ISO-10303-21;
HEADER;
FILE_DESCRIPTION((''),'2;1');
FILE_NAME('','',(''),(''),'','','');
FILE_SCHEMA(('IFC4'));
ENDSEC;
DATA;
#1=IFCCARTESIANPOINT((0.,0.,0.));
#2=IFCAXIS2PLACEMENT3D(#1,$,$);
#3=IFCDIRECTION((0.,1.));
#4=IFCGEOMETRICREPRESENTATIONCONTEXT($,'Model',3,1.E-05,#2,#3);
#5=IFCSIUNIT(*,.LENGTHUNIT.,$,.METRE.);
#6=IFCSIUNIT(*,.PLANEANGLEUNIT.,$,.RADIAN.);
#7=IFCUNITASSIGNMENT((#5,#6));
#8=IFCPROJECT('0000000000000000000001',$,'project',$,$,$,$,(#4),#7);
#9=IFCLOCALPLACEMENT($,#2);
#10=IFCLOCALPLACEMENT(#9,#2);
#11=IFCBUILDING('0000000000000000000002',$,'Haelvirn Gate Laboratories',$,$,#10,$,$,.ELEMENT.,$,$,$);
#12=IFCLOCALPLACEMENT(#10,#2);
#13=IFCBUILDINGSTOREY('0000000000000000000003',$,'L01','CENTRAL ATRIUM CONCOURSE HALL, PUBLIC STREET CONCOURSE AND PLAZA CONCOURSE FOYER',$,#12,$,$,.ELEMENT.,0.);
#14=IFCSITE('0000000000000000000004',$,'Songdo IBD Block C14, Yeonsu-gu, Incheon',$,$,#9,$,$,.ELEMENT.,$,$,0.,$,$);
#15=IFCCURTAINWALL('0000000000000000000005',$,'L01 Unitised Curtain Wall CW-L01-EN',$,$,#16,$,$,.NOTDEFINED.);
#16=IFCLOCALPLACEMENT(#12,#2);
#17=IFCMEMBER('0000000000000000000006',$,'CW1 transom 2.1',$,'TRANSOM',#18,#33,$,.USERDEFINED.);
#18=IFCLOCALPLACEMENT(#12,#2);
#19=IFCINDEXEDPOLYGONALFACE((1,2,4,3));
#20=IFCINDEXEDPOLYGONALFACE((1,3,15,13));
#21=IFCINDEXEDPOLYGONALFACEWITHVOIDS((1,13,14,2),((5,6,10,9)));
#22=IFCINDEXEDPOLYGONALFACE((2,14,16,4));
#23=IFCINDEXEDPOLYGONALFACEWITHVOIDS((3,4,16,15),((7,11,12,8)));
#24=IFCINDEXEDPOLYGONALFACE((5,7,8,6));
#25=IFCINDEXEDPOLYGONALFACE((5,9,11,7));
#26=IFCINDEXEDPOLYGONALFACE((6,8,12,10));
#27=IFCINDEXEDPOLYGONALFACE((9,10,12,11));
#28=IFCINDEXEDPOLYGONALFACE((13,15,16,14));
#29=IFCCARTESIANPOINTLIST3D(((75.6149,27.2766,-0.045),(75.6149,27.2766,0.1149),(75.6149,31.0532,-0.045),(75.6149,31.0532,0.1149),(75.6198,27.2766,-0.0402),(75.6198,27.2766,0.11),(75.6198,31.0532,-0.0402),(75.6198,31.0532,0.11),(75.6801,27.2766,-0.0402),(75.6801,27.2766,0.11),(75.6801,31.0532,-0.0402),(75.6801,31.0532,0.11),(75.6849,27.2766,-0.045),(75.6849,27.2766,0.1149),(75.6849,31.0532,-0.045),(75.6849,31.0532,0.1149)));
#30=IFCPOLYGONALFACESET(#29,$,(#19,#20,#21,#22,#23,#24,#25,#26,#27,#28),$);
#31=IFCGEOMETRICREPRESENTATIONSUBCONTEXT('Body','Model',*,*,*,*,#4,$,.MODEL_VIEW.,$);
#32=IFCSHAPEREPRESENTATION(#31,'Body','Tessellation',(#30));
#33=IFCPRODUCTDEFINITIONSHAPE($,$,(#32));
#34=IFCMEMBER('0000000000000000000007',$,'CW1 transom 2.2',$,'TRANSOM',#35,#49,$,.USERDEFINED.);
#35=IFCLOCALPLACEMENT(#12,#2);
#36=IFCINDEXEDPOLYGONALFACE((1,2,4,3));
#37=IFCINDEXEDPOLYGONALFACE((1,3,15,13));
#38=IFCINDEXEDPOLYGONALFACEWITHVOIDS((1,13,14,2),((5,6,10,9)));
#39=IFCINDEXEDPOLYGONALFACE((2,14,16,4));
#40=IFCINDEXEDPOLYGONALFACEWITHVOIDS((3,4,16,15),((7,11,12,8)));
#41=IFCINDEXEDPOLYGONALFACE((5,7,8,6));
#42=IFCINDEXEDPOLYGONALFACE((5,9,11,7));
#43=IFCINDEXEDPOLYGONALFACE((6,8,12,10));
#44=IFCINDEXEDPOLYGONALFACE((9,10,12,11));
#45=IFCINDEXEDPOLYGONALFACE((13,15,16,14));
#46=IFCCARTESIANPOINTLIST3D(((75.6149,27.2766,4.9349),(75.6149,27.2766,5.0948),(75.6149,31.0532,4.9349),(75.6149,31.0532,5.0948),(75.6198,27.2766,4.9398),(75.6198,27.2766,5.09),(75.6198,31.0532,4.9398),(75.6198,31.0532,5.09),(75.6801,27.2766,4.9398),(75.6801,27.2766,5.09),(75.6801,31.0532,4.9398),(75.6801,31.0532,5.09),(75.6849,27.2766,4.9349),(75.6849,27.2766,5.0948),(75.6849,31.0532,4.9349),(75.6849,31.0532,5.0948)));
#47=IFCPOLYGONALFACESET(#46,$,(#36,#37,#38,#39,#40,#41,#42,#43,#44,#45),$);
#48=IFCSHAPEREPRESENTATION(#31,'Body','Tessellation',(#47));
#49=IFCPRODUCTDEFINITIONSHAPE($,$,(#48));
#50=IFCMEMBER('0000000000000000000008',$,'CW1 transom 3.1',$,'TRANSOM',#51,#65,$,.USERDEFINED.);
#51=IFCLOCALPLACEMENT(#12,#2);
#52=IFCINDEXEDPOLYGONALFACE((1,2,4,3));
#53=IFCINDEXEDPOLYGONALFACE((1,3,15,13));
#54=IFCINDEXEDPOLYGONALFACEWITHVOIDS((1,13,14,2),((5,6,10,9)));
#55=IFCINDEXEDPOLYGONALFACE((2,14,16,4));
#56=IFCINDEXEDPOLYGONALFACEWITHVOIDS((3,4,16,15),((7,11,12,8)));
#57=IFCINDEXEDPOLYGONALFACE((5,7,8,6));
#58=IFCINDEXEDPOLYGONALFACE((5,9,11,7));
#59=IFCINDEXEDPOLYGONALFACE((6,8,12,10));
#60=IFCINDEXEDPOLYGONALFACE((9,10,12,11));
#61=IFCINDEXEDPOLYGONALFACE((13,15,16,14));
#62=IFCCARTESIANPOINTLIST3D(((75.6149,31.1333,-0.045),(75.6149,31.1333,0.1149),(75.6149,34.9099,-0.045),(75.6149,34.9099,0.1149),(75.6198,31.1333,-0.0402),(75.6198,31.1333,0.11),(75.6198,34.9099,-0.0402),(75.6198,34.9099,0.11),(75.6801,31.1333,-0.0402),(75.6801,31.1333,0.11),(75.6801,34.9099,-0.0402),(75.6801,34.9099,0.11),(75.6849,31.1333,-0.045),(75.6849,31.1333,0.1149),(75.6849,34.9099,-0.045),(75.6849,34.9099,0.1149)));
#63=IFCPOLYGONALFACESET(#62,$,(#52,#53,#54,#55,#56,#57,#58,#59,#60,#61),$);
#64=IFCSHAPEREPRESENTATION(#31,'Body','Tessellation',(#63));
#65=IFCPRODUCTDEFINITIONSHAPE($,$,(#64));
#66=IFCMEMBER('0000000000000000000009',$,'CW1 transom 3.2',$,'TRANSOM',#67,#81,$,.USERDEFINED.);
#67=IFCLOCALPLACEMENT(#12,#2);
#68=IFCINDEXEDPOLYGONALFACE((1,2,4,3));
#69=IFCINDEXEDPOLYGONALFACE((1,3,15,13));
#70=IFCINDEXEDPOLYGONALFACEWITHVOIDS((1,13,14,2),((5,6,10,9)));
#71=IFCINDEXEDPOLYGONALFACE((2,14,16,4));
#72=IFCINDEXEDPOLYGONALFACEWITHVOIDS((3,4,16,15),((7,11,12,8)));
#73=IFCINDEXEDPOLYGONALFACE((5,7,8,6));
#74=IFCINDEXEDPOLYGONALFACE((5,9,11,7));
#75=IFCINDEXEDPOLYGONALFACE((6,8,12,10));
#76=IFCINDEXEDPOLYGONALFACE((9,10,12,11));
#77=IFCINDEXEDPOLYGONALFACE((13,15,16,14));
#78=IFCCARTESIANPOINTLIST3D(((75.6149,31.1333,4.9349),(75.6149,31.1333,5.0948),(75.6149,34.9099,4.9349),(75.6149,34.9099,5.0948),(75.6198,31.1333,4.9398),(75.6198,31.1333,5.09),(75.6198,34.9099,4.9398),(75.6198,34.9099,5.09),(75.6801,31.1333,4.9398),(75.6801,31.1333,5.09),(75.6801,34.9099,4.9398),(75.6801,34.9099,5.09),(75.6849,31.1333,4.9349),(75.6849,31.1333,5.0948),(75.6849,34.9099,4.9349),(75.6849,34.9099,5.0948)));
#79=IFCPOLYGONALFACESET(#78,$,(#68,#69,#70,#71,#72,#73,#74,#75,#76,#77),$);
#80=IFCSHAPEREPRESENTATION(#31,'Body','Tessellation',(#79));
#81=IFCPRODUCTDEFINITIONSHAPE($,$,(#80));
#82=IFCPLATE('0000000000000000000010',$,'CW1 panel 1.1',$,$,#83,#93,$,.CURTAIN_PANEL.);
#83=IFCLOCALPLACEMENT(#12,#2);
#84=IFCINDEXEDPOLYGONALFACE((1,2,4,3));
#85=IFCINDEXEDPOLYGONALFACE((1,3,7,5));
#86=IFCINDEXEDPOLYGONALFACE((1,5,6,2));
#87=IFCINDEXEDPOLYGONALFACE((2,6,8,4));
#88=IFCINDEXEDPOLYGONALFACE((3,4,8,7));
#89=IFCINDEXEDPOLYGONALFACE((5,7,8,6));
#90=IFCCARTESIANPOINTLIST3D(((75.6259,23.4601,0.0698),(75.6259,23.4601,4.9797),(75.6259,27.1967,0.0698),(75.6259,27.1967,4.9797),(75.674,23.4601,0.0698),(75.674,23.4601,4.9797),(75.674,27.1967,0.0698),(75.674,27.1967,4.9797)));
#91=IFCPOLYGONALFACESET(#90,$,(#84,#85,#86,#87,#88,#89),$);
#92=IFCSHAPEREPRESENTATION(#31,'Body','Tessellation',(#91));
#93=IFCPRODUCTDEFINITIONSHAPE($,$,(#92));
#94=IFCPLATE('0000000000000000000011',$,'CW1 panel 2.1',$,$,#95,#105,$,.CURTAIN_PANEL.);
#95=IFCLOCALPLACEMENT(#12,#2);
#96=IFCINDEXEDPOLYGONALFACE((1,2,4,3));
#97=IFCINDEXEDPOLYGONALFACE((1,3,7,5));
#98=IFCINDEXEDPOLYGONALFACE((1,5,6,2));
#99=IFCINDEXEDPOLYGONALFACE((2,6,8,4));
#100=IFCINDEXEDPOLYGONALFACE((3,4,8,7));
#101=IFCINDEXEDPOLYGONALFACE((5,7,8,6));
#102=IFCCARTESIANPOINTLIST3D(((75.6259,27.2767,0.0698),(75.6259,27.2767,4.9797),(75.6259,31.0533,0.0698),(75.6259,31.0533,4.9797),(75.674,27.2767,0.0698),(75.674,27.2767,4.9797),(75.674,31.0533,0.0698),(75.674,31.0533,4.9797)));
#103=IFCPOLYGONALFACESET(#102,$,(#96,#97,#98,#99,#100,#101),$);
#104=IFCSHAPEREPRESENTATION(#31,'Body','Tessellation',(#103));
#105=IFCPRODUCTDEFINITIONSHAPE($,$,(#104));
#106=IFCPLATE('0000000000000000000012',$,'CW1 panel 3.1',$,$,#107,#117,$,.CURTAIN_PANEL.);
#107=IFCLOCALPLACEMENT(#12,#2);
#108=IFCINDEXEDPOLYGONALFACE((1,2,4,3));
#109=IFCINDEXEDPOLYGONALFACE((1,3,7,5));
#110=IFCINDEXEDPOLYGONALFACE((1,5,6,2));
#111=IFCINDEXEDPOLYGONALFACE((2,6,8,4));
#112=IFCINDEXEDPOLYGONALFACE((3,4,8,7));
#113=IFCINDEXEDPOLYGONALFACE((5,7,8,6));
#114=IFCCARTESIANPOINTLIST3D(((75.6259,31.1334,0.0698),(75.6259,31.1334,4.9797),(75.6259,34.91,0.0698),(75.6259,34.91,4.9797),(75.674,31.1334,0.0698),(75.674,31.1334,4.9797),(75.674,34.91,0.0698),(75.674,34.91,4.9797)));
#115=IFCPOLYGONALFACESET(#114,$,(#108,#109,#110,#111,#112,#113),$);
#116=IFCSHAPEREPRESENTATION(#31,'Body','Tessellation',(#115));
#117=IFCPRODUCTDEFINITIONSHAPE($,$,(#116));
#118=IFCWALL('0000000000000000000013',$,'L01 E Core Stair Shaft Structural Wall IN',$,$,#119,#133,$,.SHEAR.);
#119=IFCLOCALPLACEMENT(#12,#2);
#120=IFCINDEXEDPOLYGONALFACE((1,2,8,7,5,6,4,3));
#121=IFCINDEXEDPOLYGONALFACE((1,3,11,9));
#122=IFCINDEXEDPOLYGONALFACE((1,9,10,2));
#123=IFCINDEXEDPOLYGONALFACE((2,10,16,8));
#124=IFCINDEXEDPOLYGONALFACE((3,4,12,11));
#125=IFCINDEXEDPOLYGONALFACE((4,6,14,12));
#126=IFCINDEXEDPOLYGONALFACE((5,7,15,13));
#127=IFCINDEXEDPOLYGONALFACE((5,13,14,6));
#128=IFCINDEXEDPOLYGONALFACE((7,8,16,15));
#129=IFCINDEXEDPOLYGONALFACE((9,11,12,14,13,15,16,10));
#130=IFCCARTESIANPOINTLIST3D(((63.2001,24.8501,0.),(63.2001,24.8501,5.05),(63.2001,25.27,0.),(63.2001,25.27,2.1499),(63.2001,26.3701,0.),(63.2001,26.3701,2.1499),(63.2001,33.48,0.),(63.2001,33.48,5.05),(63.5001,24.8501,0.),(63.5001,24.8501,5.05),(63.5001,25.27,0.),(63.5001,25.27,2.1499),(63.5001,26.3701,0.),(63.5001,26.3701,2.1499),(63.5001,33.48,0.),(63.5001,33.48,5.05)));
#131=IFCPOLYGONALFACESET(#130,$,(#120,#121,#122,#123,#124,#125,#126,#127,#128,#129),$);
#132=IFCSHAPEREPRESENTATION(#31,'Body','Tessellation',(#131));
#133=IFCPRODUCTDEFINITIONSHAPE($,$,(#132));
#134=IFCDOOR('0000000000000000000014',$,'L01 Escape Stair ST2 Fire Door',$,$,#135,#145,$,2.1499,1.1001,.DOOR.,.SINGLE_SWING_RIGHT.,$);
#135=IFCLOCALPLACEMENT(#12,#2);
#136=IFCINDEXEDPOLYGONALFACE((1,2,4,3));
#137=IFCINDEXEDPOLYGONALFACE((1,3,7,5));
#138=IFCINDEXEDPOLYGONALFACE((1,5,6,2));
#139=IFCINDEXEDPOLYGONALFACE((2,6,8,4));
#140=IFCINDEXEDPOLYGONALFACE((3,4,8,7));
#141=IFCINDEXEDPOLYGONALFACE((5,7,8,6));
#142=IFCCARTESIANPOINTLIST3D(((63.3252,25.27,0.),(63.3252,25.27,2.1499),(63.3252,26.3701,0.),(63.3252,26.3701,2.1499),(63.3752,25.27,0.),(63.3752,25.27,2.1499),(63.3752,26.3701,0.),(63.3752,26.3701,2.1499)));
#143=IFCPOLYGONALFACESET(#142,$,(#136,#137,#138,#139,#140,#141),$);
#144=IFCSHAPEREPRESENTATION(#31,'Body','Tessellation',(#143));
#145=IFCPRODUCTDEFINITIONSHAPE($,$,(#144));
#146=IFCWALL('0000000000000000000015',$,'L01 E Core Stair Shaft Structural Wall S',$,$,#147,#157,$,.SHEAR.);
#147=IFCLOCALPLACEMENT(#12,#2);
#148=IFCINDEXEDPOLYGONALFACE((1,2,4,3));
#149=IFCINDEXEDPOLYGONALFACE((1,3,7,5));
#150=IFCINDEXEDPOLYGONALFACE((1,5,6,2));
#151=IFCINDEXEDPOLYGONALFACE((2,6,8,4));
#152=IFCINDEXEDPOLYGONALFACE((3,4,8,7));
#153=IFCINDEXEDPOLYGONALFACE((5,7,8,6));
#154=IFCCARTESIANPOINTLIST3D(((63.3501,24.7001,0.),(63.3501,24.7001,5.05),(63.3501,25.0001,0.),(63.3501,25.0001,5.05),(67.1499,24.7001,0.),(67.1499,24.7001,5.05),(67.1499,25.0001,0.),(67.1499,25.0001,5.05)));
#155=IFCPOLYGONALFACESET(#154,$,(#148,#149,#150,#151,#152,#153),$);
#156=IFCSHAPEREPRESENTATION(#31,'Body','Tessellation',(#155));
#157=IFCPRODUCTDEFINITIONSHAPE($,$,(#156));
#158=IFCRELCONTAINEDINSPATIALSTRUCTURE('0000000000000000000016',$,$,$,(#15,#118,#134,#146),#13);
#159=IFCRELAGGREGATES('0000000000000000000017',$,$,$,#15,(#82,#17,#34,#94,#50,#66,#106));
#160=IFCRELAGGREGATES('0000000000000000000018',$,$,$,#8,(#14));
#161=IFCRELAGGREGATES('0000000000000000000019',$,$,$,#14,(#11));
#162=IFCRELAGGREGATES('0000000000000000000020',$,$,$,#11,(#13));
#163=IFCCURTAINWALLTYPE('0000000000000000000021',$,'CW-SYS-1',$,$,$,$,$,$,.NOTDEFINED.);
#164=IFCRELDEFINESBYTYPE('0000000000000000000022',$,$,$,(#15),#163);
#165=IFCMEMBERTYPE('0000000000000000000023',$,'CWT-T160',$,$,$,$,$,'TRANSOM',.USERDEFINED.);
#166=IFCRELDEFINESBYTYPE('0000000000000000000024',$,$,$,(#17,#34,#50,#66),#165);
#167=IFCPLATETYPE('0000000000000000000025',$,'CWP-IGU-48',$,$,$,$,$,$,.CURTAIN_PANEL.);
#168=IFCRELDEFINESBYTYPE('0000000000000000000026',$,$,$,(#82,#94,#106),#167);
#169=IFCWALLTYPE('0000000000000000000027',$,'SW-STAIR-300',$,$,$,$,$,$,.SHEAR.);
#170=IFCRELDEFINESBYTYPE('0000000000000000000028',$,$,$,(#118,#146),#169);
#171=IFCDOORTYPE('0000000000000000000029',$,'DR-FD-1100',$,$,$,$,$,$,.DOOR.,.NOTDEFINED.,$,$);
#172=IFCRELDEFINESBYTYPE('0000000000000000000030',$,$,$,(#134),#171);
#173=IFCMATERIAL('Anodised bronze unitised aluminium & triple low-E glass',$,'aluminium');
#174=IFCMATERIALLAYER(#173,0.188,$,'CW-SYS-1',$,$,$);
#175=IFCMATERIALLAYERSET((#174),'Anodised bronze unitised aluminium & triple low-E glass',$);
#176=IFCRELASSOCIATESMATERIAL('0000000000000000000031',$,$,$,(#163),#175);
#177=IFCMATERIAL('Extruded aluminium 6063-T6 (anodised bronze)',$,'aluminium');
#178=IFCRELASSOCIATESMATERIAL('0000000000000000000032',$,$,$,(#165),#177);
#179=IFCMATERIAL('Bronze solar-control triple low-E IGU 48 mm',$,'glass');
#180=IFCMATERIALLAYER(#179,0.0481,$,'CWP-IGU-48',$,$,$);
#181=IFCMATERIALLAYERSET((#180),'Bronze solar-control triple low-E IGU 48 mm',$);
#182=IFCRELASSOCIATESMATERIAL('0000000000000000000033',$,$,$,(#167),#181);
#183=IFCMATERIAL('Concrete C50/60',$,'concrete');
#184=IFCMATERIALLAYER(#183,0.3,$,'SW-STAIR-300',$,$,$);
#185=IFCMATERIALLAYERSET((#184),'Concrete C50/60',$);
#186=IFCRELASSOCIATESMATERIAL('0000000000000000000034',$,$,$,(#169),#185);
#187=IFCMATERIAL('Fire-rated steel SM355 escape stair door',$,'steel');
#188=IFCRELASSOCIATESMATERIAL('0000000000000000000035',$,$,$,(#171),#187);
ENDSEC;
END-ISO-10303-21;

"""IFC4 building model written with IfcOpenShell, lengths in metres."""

from ifc_helpers import new_model, si_unit, direction, frame, frame_2d, origin, origin_2d, place, context, subcontext, project, spatial, rectangle, hollow_rectangle, extrude, source, transform, mapped, material, layer, layer_set, material_profile, profile_set, type_object, type_shapes, element, fill, aggregate, save


model = new_model("IFC4")

# Units and contexts
model_context = context("Model", 3, precision=1e-05, world=origin(), true_north=direction((0.0, 1.0)))
body_context = subcontext(model_context, "Body", "Model", "MODEL_VIEW")
ifc_project = project(units=[si_unit("LENGTHUNIT", "METRE"), si_unit("PLANEANGLEUNIT", "RADIAN")], contexts=[model_context])

# Site, building, storey
site_placement = place(None, origin())
site = spatial("IfcSite", under=ifc_project, at=site_placement, Name="Songdo IBD Block C14, Yeonsu-gu, Incheon", CompositionType="ELEMENT", RefElevation=0.0)
building_placement = place(site_placement, origin())
building = spatial("IfcBuilding", under=site, at=building_placement, Name="Haelvirn Gate Laboratories", CompositionType="ELEMENT")
storey_placement = place(building_placement, origin())
storey = spatial("IfcBuildingStorey", under=building, at=storey_placement, Name="L01", Description="CENTRAL ATRIUM CONCOURSE HALL, PUBLIC STREET CONCOURSE AND PLAZA CONCOURSE FOYER", CompositionType="ELEMENT", Elevation=0.0)

# Curtain wall, members, plates
ifc_material_1 = material(Name="Anodised bronze unitised aluminium & triple low-E glass", Category="aluminium")
ifc_layer_1 = layer(ifc_material_1, 0.188, Name="CW-SYS-1")
ifc_layer_set_1 = layer_set([ifc_layer_1], Name="Anodised bronze unitised aluminium & triple low-E glass")
curtain_wall_type = type_object("IfcCurtainWallType", Name="CW-SYS-1", PredefinedType="NOTDEFINED", material=ifc_layer_set_1)
curtain_wall_placement = place(storey_placement, origin())
curtain_wall = element("IfcCurtainWall", 1, at=curtain_wall_placement, inside=storey, type_object=curtain_wall_type, Name="L01 Unitised Curtain Wall CW-L01-EN", PredefinedType="NOTDEFINED")
ifc_material_2 = material(Name="Extruded aluminium 6063-T6 (anodised bronze)", Category="aluminium")
ifc_material_profile_1 = material_profile(ifc_material_2, hollow_rectangle(XDim=0.0701, YDim=0.1599, WallThickness=0.0049, at=origin_2d()), Name="CWT-160x70x5")
ifc_profile_set_1 = profile_set([ifc_material_profile_1], Name="Extruded aluminium 6063-T6 (anodised bronze)")
member_type_1 = type_object("IfcMemberType", Name="CWT-T160", ElementType="TRANSOM", PredefinedType="USERDEFINED", material=ifc_profile_set_1)
shared_shape_1 = source(origin(), body_context, "Body", "SweptSolid", [
    extrude(hollow_rectangle(XDim=0.0701, YDim=0.1599, WallThickness=0.0049, at=origin_2d()), origin(), (0.0, 0.0, 1.0), 3.7766),
])
member_1_placement = place(storey_placement, frame((75.6499, 27.2766, 0.0349), z_axis=(0.0, 1.0, 0.0), x_axis=(-1.0, 0.0, 0.0)))
member_1 = element("IfcMember", 2, at=member_1_placement, type_object=member_type_1, Name="CW1 transom 2.1", ObjectType="TRANSOM", PredefinedType="USERDEFINED", context=body_context, shape_type="MappedRepresentation", body=[
    mapped(shared_shape_1, transform((0.0, 0.0, 0.0), scale=1.0)),
])
member_2_placement = place(storey_placement, frame((75.6499, 27.2766, 5.0149), z_axis=(0.0, 1.0, 0.0), x_axis=(-1.0, 0.0, 0.0)))
member_2 = element("IfcMember", 3, at=member_2_placement, type_object=member_type_1, Name="CW1 transom 2.2", ObjectType="TRANSOM", PredefinedType="USERDEFINED", context=body_context, shape_type="MappedRepresentation", body=[
    mapped(shared_shape_1, transform((0.0, 0.0, 0.0), scale=1.0)),
])
member_3_placement = place(storey_placement, frame((75.6499, 31.1333, 0.0349), z_axis=(0.0, 1.0, 0.0), x_axis=(-1.0, 0.0, 0.0)))
member_3 = element("IfcMember", 4, at=member_3_placement, type_object=member_type_1, Name="CW1 transom 3.1", ObjectType="TRANSOM", PredefinedType="USERDEFINED", context=body_context, shape_type="MappedRepresentation", body=[
    mapped(shared_shape_1, transform((0.0, 0.0, 0.0), scale=1.0)),
])
member_4_placement = place(storey_placement, frame((75.6499, 31.1333, 5.0149), z_axis=(0.0, 1.0, 0.0), x_axis=(-1.0, 0.0, 0.0)))
member_4 = element("IfcMember", 5, at=member_4_placement, type_object=member_type_1, Name="CW1 transom 3.2", ObjectType="TRANSOM", PredefinedType="USERDEFINED", context=body_context, shape_type="MappedRepresentation", body=[
    mapped(shared_shape_1, transform((0.0, 0.0, 0.0), scale=1.0)),
])
ifc_material_3 = material(Name="Bronze solar-control triple low-E IGU 48 mm", Category="glass")
ifc_layer_2 = layer(ifc_material_3, 0.0481, Name="CWP-IGU-48")
ifc_layer_set_2 = layer_set([ifc_layer_2], Name="Bronze solar-control triple low-E IGU 48 mm")
plate_type = type_object("IfcPlateType", Name="CWP-IGU-48", PredefinedType="CURTAIN_PANEL", material=ifc_layer_set_2)
shared_shape_2 = source(origin(), body_context, "Body", "SweptSolid", [
    extrude(rectangle(XDim=3.7366, YDim=0.0481, at=origin_2d()), origin(), (0.0, 0.0, 1.0), 4.9099),
])
plate_1_placement = place(storey_placement, frame((75.6499, 25.3284, 0.0698), z_axis=(0.0, 0.0, 1.0), x_axis=(0.0, 1.0, 0.0)))
plate_1 = element("IfcPlate", 6, at=plate_1_placement, type_object=plate_type, Name="CW1 panel 1.1", PredefinedType="CURTAIN_PANEL", context=body_context, shape_type="MappedRepresentation", body=[
    mapped(shared_shape_2, transform((0.0, 0.0, 0.0), scale=1.0)),
])
shared_shape_3 = source(origin(), body_context, "Body", "SweptSolid", [
    extrude(rectangle(XDim=3.7766, YDim=0.0481, at=origin_2d()), origin(), (0.0, 0.0, 1.0), 4.9099),
])
type_shapes(plate_type, [shared_shape_2, shared_shape_3])
plate_2_placement = place(storey_placement, frame((75.6499, 29.165, 0.0698), z_axis=(0.0, 0.0, 1.0), x_axis=(0.0, 1.0, 0.0)))
plate_2 = element("IfcPlate", 7, at=plate_2_placement, type_object=plate_type, Name="CW1 panel 2.1", PredefinedType="CURTAIN_PANEL", context=body_context, shape_type="MappedRepresentation", body=[
    mapped(shared_shape_3, transform((0.0, 0.0, 0.0), scale=1.0)),
])
plate_3_placement = place(storey_placement, frame((75.6499, 33.0217, 0.0698), z_axis=(0.0, 0.0, 1.0), x_axis=(0.0, 1.0, 0.0)))
plate_3 = element("IfcPlate", 8, at=plate_3_placement, type_object=plate_type, Name="CW1 panel 3.1", PredefinedType="CURTAIN_PANEL", context=body_context, shape_type="MappedRepresentation", body=[
    mapped(shared_shape_3, transform((0.0, 0.0, 0.0), scale=1.0)),
])
aggregate(curtain_wall, [plate_1, member_1, member_2, plate_2, member_3, member_4, plate_3])

# Wall, opening, door
ifc_material_4 = material(Name="Concrete C50/60", Category="concrete")
ifc_layer_3 = layer(ifc_material_4, 0.3, Name="SW-STAIR-300")
ifc_layer_set_3 = layer_set([ifc_layer_3], Name="Concrete C50/60")
wall_type = type_object("IfcWallType", Name="SW-STAIR-300", PredefinedType="SHEAR", material=ifc_layer_set_3)
wall_1_placement = place(storey_placement, frame((63.3501, 24.8501, 0.0), z_axis=(0.0, 0.0, 1.0), x_axis=(0.0, 1.0, 0.0)))
wall_1 = element("IfcWall", 9, at=wall_1_placement, inside=storey, type_object=wall_type, Name="L01 E Core Stair Shaft Structural Wall IN", PredefinedType="SHEAR", context=body_context, shape_type="SweptSolid", body=[
    extrude(rectangle(XDim=8.6299, YDim=0.3, at=frame_2d((4.3149, 0.0))), origin(), (0.0, 0.0, 1.0), 5.05),
])
opening_placement = place(wall_1_placement, frame((0.4199, 0.0, 0.0)))
opening = element("IfcOpeningElement", 10, at=opening_placement, cuts=wall_1, PredefinedType="OPENING", context=body_context, shape_type="SweptSolid", body=[
    extrude(rectangle(XDim=1.1001, YDim=2.1499, at=frame_2d((0.55, 1.075))), frame((0.0, 0.1602, 0.0), z_axis=(0.0, -1.0, 0.0), x_axis=(1.0, 0.0, 0.0)), (0.0, 0.0, 1.0), 0.3201),
])
ifc_material_5 = material(Name="Fire-rated steel SM355 escape stair door", Category="steel")
door_type = type_object("IfcDoorType", Name="DR-FD-1100", OperationType="NOTDEFINED", PredefinedType="DOOR", material=ifc_material_5)
shared_shape_4 = source(origin(), body_context, "Body", "SweptSolid", [
    extrude(rectangle(XDim=1.1001, YDim=2.1499, at=frame_2d((0.55, 1.075))), frame((0.0, 0.0249, 0.0), z_axis=(0.0, -1.0, 0.0), x_axis=(1.0, 0.0, 0.0)), (0.0, 0.0, 1.0), 0.05),
])
type_shapes(door_type, [shared_shape_4])
door_placement = place(opening_placement, origin())
door = element("IfcDoor", 11, at=door_placement, inside=storey, type_object=door_type, Name="L01 Escape Stair ST2 Fire Door", OperationType="SINGLE_SWING_RIGHT", OverallHeight=2.1499, OverallWidth=1.1001, PredefinedType="DOOR", context=body_context, shape_type="MappedRepresentation", body=[
    mapped(shared_shape_4, transform((0.0, 0.0, 0.0), scale=1.0)),
])
fill(opening, door)

# Wall
wall_2_placement = place(storey_placement, frame((63.3501, 24.8501, 0.0), z_axis=(0.0, 0.0, 1.0), x_axis=(1.0, 0.0, 0.0)))
element("IfcWall", 12, at=wall_2_placement, inside=storey, type_object=wall_type, Name="L01 E Core Stair Shaft Structural Wall S", PredefinedType="SHEAR", context=body_context, shape_type="SweptSolid", body=[
    extrude(rectangle(XDim=3.7998, YDim=0.3, at=frame_2d((1.8999, 0.0))), origin(), (0.0, 0.0, 1.0), 5.05),
])

save(model, "model.ifc")
